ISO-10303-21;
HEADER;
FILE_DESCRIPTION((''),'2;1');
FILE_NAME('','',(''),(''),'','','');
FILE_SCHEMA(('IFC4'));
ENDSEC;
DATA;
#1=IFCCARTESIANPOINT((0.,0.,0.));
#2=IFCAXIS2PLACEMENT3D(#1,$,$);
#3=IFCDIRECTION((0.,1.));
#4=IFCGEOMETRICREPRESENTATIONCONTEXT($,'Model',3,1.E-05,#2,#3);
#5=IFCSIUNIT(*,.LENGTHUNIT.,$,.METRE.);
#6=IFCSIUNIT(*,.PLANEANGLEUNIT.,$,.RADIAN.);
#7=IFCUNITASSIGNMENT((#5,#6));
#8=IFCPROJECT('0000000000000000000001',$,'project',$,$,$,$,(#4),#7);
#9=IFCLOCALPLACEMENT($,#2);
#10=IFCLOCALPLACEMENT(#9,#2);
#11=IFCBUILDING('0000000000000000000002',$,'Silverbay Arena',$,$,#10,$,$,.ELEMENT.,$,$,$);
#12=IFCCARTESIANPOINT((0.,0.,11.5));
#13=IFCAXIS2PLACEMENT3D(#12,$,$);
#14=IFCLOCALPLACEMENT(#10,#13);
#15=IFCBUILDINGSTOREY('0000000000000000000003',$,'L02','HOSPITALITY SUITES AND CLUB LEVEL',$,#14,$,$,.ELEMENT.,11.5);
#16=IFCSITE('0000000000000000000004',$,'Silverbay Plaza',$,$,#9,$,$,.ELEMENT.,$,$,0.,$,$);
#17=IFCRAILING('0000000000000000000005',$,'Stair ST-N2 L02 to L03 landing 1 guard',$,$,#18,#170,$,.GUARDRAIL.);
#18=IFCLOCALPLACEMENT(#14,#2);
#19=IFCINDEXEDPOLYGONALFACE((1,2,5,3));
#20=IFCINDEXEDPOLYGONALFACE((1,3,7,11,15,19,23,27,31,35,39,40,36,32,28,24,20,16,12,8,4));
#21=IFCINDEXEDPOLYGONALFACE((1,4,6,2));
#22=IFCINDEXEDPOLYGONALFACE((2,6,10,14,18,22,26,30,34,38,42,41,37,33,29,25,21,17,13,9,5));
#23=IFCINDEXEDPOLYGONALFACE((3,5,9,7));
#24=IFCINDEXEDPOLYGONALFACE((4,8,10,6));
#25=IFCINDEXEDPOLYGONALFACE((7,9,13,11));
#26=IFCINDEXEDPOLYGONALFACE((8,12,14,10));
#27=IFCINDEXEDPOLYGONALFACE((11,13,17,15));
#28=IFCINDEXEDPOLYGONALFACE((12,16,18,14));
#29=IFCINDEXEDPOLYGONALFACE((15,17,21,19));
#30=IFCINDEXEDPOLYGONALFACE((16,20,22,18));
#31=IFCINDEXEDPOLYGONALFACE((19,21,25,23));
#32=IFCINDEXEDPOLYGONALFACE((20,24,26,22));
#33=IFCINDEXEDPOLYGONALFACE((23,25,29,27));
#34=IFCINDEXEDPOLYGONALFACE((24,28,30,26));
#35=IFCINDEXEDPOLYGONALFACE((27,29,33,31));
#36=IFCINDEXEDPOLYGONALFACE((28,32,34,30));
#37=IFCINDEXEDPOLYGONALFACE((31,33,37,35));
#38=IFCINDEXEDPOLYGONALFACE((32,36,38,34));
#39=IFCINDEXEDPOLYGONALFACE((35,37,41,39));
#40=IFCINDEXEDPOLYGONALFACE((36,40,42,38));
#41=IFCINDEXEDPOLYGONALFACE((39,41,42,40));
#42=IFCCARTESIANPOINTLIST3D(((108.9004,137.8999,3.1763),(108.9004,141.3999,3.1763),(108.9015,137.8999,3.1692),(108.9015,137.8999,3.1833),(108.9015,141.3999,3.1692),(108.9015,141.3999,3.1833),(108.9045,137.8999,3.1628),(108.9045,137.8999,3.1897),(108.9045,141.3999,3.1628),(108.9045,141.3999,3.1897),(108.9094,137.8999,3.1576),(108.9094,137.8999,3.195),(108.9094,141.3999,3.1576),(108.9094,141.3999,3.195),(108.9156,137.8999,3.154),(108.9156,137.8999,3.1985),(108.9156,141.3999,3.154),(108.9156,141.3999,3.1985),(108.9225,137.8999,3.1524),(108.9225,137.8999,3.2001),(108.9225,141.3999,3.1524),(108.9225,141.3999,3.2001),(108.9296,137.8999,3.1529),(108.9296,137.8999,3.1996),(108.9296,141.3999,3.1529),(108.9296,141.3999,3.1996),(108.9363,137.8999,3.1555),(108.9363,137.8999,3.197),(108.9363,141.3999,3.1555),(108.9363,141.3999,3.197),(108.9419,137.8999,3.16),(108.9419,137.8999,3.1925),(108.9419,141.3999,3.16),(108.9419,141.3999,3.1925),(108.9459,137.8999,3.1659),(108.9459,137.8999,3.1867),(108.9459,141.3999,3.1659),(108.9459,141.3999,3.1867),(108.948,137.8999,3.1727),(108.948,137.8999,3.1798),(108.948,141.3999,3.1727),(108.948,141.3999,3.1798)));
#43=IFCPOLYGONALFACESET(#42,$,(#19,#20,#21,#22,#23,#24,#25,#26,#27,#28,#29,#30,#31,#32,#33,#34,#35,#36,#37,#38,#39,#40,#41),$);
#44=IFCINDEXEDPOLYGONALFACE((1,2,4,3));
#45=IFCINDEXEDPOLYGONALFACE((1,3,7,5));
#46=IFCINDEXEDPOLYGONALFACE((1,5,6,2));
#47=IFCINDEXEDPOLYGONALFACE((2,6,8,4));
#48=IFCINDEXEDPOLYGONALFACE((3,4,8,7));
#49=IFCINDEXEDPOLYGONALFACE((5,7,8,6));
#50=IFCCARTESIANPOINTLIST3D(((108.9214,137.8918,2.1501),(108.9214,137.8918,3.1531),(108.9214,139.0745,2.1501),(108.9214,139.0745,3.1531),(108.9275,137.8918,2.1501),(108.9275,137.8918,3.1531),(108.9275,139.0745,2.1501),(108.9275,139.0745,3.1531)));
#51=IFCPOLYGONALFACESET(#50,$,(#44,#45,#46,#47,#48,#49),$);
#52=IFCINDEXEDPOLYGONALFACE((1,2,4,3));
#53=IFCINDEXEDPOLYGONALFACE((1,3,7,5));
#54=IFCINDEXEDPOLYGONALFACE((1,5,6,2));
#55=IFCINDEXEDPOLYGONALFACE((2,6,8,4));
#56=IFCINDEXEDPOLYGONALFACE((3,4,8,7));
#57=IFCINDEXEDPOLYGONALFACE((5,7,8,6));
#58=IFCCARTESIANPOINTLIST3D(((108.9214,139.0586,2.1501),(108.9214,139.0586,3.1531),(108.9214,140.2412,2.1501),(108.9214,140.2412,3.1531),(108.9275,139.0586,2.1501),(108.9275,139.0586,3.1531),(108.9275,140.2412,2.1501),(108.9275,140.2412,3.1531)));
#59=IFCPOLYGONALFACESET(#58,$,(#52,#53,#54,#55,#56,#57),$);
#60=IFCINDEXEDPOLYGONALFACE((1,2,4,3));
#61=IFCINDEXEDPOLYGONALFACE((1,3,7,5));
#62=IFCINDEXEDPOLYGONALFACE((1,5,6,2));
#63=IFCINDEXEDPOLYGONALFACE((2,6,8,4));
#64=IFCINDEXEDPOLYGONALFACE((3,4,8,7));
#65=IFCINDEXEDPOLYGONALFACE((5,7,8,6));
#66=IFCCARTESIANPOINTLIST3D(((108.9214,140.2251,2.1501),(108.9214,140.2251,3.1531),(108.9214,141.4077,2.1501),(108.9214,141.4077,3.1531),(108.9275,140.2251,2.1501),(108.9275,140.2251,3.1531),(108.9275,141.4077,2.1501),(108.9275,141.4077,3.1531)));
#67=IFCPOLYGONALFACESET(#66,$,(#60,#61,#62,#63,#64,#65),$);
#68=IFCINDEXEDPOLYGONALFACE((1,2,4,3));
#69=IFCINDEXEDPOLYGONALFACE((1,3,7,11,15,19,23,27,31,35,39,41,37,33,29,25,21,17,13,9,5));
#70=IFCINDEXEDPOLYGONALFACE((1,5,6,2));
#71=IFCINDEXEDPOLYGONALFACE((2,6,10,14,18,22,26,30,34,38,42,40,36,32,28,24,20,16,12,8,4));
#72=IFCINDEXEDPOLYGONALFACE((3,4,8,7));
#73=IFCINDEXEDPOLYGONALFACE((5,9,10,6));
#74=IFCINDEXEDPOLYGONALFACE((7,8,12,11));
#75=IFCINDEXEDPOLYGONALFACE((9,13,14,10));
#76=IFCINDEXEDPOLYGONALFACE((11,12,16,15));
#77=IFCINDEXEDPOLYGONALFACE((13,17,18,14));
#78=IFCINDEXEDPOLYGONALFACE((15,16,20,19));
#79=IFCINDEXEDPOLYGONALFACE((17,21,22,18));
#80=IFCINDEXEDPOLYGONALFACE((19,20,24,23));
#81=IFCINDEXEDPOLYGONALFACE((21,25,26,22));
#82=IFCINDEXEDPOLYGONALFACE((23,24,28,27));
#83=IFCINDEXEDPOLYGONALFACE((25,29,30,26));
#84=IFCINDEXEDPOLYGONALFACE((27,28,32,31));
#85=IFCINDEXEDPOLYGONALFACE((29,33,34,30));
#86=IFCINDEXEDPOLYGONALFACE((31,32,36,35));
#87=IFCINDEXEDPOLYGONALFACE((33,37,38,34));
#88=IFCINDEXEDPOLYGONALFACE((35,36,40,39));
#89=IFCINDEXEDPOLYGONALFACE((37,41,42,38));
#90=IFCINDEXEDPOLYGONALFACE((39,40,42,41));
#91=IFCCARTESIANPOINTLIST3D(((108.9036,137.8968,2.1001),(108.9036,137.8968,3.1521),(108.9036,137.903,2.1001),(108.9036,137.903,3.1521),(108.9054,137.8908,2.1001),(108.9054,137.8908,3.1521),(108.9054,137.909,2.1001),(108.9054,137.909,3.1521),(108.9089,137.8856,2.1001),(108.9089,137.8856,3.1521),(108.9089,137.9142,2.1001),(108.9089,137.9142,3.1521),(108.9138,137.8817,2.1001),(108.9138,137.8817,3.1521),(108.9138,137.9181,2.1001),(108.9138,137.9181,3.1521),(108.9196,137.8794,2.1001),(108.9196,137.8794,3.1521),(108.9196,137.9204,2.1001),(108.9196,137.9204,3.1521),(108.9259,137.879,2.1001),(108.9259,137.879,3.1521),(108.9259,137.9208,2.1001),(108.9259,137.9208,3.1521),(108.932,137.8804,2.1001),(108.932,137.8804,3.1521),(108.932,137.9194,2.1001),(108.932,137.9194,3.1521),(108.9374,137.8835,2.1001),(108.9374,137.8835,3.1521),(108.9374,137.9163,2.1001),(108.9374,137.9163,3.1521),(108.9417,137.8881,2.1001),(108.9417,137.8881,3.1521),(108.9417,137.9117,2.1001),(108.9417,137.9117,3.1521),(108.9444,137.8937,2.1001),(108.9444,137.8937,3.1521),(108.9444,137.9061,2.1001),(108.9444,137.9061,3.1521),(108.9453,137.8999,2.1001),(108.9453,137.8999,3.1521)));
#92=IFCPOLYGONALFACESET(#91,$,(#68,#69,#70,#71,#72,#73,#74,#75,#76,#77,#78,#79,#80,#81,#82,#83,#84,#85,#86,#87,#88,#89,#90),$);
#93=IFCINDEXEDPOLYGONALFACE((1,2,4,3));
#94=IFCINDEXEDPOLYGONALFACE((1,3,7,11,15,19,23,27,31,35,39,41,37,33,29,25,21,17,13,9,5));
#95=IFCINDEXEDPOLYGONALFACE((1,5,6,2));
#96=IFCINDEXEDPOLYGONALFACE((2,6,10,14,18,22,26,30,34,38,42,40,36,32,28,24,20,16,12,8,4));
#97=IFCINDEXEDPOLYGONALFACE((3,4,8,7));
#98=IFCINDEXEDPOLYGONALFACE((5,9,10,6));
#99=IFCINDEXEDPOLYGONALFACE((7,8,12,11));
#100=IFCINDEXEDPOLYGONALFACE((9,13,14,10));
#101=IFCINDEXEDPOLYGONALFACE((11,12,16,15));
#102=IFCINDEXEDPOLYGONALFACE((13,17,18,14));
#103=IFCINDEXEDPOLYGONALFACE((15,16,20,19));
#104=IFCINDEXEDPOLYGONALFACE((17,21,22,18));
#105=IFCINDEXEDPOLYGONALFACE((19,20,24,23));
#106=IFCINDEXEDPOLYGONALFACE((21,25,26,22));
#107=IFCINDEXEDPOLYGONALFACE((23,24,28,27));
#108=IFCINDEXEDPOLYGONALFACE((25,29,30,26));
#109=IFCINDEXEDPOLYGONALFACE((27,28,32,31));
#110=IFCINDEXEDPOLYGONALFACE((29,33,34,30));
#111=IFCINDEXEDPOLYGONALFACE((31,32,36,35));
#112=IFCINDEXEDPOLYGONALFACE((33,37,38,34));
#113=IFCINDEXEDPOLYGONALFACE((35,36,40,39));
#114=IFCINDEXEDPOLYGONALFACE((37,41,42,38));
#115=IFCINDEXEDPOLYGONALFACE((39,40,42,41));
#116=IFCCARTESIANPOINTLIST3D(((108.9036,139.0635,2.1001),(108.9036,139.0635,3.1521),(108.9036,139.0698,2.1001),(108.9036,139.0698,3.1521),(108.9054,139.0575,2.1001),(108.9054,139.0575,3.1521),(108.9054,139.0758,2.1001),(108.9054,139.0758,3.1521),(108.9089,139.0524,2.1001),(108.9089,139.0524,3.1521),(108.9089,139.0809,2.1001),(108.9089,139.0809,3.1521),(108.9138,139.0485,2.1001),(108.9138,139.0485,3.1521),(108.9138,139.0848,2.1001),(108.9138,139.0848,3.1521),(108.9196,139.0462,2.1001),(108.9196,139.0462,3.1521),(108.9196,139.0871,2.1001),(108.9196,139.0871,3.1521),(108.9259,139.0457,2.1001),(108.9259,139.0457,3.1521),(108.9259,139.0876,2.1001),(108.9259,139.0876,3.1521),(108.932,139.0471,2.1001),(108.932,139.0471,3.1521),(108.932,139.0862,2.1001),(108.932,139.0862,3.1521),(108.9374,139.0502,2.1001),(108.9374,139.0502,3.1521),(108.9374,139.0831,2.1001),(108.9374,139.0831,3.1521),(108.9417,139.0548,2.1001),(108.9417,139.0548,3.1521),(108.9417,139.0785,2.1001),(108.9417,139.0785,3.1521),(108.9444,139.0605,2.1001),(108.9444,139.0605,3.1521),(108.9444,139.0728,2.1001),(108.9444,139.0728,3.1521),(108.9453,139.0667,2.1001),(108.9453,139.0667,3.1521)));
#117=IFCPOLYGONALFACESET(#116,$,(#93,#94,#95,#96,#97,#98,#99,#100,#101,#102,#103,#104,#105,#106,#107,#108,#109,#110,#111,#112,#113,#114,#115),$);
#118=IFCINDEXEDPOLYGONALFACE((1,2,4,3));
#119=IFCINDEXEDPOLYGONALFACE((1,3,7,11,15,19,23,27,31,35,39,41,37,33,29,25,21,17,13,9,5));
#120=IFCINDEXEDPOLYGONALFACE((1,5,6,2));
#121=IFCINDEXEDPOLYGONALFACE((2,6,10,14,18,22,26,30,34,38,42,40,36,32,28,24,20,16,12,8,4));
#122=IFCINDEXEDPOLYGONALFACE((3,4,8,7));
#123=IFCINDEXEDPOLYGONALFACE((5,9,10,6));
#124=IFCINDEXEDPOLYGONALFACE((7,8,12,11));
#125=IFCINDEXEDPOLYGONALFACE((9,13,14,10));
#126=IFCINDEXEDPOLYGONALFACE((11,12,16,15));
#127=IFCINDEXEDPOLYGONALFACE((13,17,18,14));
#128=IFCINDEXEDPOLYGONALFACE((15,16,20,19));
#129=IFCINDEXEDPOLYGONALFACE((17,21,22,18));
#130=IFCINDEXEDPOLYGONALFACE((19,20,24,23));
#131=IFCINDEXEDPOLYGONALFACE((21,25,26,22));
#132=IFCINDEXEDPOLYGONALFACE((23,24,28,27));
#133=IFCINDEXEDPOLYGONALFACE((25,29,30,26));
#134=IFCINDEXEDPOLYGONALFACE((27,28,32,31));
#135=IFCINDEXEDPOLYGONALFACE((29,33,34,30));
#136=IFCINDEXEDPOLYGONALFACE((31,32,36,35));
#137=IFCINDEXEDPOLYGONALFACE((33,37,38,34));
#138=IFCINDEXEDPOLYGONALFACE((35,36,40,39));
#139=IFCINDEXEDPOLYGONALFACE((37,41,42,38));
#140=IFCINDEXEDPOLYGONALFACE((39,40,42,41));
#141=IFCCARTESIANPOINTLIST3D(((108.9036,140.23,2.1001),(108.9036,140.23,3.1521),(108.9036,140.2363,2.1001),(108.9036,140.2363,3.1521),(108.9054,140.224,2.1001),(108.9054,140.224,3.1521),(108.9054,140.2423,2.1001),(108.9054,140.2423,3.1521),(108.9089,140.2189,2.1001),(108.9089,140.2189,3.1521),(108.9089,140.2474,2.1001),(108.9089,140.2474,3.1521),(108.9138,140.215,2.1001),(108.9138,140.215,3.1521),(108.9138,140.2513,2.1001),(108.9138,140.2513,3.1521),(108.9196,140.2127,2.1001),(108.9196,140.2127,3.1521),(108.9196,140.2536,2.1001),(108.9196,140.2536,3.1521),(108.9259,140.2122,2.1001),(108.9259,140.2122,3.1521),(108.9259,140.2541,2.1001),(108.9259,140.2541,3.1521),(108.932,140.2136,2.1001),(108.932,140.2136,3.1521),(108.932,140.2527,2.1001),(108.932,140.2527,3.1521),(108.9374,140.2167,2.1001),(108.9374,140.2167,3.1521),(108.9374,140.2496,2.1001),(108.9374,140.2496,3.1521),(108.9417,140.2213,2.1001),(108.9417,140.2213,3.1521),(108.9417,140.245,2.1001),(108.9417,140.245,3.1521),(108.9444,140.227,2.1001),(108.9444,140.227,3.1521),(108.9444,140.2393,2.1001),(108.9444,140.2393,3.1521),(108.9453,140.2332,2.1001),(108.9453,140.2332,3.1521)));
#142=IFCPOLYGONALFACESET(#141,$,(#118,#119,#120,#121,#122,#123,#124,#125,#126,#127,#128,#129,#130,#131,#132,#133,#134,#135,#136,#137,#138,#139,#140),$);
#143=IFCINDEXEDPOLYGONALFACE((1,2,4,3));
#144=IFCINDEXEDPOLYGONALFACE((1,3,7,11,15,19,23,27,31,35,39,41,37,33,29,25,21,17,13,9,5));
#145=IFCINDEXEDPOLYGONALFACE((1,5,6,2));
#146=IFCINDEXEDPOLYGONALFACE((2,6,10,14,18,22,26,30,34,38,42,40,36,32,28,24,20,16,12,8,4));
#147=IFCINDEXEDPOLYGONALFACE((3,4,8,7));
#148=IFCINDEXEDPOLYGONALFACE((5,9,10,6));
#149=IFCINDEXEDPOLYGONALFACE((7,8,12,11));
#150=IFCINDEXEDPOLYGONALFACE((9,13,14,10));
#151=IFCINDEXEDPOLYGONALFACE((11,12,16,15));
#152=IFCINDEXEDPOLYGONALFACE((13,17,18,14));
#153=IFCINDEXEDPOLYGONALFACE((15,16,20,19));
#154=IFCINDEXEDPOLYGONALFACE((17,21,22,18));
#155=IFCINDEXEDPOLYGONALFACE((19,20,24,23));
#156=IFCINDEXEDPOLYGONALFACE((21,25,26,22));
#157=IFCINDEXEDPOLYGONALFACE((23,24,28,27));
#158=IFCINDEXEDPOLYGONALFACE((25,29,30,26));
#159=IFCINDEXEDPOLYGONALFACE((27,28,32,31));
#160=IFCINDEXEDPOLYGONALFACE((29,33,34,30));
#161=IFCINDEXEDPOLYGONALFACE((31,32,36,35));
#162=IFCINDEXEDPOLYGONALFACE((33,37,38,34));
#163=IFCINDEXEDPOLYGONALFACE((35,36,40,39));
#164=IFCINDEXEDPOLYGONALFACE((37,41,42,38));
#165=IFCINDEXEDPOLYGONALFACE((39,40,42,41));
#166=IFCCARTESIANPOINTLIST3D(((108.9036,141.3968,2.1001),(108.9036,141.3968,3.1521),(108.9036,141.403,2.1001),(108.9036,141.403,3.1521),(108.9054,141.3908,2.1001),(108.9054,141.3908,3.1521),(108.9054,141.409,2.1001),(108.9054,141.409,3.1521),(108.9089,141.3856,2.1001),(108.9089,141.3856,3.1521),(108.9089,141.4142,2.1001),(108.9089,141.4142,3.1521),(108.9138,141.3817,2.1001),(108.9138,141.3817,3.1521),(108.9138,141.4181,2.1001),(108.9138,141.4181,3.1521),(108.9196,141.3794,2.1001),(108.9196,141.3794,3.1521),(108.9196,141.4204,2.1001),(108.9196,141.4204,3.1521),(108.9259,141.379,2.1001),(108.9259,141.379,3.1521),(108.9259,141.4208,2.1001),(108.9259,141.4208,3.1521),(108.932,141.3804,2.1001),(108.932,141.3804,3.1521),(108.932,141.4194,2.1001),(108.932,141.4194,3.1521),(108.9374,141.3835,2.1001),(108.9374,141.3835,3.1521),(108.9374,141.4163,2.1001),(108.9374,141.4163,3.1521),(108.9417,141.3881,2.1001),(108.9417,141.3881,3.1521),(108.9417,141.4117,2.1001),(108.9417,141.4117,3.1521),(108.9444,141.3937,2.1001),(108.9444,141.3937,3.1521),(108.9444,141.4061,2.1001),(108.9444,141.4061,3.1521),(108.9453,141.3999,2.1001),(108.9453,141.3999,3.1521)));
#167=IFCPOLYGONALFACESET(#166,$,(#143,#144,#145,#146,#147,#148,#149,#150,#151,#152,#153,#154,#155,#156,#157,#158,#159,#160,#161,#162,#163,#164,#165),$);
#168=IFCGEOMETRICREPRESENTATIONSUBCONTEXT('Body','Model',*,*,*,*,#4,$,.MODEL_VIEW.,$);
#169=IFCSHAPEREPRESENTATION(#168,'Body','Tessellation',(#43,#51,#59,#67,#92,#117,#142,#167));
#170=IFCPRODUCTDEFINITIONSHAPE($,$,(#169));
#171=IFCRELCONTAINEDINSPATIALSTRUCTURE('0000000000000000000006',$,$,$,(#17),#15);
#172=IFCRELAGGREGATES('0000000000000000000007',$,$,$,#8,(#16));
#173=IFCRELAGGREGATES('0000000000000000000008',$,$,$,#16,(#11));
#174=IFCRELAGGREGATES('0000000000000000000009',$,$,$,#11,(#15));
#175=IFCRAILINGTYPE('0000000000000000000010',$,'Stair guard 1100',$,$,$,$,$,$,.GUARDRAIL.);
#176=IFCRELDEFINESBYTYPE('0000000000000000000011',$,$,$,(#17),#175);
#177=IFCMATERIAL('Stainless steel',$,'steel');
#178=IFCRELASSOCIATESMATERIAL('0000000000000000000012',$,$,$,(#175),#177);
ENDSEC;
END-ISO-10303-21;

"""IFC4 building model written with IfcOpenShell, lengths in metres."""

from ifc_helpers import new_model, si_unit, direction, frame, origin, origin_2d, place, context, subcontext, project, spatial, polyline, circle, outline, extrude, material, type_object, element, save


model = new_model("IFC4")

# Units and contexts
model_context = context("Model", 3, precision=1e-05, world=origin(), true_north=direction((0.0, 1.0)))
body_context = subcontext(model_context, "Body", "Model", "MODEL_VIEW")
ifc_project = project(units=[si_unit("LENGTHUNIT", "METRE"), si_unit("PLANEANGLEUNIT", "RADIAN")], contexts=[model_context])

# Site, building, storey
site_placement = place(None, origin())
site = spatial("IfcSite", under=ifc_project, at=site_placement, Name="Silverbay Plaza", CompositionType="ELEMENT", RefElevation=0.0)
building_placement = place(site_placement, origin())
building = spatial("IfcBuilding", under=site, at=building_placement, Name="Silverbay Arena", CompositionType="ELEMENT")
storey_placement = place(building_placement, frame((0.0, 0.0, 11.5)))
storey = spatial("IfcBuildingStorey", under=building, at=storey_placement, Name="L02", Description="HOSPITALITY SUITES AND CLUB LEVEL", CompositionType="ELEMENT", Elevation=11.5)

# Railing
ifc_material_1 = material(Name="Stainless steel", Category="steel")
railing_type_1 = type_object("IfcRailingType", Name="Stair guard 1100", PredefinedType="GUARDRAIL", material=ifc_material_1)
railing_1_placement = place(storey_placement, frame((108.9243, 137.8999, 2.1001)))
element("IfcRailing", 1, at=railing_1_placement, inside=storey, type_object=railing_type_1, Name="Stair ST-N2 L02 to L03 landing 1 guard", PredefinedType="GUARDRAIL", context=body_context, shape_type="SweptSolid", body=[
    extrude(circle(Radius=0.0239, at=origin_2d()), frame((0.0, 0.0, 1.0762), z_axis=(0.0, 1.0, 0.0), x_axis=(-1.0, 0.0, 0.0)), (0.0, 0.0, 1.0), 3.5),
    extrude(outline(polyline([(-0.0081, 0.05), (1.1746, 0.05), (1.1746, 1.053), (-0.0081, 1.053), (-0.0081, 0.05)])), frame((-0.0029, 0.0, 0.0), z_axis=(1.0, 0.0, 0.0), x_axis=(0.0, 1.0, 0.0)), (0.0, 0.0, 1.0), 0.0061),
    extrude(outline(polyline([(-0.0081, 0.05), (1.1746, 0.05), (1.1746, 1.053), (-0.0081, 1.053), (-0.0081, 0.05)])), frame((-0.0029, 1.1667, 0.0), z_axis=(1.0, 0.0, 0.0), x_axis=(0.0, 1.0, 0.0)), (0.0, 0.0, 1.0), 0.0061),
    extrude(outline(polyline([(-0.0081, 0.05), (1.1746, 0.05), (1.1746, 1.053), (-0.0081, 1.053), (-0.0081, 0.05)])), frame((-0.0029, 2.3333, 0.0), z_axis=(1.0, 0.0, 0.0), x_axis=(0.0, 1.0, 0.0)), (0.0, 0.0, 1.0), 0.0061),
    extrude(circle(Radius=0.021, at=origin_2d()), origin(), (0.0, 0.0, 1.0), 1.052),
    extrude(circle(Radius=0.021, at=origin_2d()), frame((0.0, 1.1667, 0.0)), (0.0, 0.0, 1.0), 1.052),
    extrude(circle(Radius=0.021, at=origin_2d()), frame((0.0, 2.3333, 0.0)), (0.0, 0.0, 1.0), 1.052),
    extrude(circle(Radius=0.021, at=origin_2d()), frame((0.0, 3.5, 0.0)), (0.0, 0.0, 1.0), 1.052),
])

save(model, "model.ifc")
